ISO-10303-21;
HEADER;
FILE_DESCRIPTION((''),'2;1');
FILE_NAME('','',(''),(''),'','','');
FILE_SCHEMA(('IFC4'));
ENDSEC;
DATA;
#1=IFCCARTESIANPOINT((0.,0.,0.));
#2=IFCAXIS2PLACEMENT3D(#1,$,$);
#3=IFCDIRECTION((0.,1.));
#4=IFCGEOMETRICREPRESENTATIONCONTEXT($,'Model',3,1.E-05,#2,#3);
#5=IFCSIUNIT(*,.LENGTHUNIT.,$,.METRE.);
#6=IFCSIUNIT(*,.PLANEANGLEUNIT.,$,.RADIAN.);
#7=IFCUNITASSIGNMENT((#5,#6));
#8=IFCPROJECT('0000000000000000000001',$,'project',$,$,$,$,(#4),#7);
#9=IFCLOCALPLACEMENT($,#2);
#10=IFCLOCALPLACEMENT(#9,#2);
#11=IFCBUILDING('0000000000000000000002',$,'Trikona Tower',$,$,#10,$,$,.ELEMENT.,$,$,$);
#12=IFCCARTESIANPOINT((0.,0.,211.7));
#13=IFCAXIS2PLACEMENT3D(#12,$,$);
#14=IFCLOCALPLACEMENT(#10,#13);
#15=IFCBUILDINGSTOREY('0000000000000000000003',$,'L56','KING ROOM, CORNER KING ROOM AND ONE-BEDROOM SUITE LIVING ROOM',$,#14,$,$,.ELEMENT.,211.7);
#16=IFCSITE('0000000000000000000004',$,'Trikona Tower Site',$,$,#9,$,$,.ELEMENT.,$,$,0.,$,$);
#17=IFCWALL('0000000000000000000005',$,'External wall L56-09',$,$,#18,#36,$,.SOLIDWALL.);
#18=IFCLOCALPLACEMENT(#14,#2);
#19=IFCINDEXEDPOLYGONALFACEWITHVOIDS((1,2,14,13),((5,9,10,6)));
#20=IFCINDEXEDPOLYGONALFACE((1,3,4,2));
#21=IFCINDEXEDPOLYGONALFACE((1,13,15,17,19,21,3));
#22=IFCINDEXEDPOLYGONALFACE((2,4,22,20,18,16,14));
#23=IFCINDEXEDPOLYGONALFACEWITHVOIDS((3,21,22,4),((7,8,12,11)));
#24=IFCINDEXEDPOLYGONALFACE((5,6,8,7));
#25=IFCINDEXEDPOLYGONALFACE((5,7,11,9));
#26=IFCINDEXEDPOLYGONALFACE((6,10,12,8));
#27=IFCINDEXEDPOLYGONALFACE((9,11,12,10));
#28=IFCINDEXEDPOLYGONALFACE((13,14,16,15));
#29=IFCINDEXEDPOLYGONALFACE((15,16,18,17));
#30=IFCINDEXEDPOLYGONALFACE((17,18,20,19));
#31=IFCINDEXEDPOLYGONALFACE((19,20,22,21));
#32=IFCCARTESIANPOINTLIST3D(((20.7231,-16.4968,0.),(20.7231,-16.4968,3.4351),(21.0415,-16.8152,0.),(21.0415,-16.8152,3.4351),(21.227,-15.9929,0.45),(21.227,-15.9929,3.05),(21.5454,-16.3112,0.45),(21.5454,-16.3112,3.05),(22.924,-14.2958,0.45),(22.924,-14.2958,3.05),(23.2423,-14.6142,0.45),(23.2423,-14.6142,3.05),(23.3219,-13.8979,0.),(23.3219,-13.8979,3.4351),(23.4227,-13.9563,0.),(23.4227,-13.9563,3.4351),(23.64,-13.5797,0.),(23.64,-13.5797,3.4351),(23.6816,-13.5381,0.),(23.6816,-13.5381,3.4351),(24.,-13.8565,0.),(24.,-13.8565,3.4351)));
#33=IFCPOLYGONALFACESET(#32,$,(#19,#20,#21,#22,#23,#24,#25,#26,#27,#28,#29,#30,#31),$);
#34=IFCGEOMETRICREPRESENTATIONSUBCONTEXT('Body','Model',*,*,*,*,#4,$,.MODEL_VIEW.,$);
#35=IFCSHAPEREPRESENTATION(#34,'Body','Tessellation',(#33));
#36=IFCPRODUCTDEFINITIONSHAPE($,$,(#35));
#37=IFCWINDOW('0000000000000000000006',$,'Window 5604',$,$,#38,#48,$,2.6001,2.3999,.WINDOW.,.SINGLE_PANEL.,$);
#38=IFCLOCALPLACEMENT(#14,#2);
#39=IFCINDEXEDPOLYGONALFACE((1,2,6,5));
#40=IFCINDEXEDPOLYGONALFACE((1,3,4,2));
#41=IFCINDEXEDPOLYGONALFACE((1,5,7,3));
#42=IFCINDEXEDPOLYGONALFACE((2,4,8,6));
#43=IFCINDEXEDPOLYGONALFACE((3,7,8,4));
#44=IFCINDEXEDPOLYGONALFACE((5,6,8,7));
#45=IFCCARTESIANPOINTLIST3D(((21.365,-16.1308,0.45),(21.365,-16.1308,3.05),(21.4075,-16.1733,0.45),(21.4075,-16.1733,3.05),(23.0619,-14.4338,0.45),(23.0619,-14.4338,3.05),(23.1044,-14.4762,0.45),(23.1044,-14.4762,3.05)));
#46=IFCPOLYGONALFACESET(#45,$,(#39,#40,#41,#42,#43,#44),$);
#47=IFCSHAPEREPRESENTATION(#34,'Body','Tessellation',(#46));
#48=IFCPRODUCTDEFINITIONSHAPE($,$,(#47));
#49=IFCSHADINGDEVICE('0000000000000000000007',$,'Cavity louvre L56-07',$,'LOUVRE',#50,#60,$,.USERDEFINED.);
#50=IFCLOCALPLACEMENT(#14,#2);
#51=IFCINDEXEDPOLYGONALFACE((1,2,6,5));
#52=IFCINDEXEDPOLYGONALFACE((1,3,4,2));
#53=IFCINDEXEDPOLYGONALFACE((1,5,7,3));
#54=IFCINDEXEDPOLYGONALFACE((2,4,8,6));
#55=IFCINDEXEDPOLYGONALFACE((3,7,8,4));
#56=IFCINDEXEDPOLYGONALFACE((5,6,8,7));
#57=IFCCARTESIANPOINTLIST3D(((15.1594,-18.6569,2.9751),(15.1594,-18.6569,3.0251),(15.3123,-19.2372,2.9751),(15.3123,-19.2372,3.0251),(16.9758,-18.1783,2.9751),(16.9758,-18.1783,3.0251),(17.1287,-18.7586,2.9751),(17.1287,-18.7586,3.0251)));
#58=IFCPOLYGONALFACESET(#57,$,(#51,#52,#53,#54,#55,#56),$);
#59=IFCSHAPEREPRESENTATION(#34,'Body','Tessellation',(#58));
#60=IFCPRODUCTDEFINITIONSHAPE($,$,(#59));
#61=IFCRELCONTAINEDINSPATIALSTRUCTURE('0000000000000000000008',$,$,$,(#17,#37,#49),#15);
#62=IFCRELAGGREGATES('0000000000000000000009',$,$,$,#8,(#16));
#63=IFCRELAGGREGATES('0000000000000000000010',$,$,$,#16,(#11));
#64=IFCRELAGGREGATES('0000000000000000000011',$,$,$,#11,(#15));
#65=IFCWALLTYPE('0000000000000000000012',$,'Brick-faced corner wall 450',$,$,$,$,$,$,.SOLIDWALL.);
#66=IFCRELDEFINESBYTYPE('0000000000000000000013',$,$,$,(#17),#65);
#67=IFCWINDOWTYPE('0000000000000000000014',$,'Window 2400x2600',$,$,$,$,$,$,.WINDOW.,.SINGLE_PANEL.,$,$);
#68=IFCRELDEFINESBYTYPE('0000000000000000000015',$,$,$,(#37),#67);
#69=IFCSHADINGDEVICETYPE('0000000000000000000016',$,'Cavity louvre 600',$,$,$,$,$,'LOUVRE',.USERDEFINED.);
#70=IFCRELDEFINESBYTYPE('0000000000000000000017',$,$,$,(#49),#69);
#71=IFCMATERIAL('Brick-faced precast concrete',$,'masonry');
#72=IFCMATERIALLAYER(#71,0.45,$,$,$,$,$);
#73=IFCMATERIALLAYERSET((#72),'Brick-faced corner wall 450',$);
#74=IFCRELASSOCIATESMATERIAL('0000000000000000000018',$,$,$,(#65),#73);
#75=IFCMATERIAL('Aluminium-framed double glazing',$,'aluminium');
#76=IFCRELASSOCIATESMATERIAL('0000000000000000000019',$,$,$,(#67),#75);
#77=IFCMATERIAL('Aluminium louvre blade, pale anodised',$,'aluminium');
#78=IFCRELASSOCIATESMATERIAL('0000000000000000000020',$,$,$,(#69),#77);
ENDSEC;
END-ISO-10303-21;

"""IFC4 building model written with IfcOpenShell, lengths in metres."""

from ifc_helpers import new_model, si_unit, direction, frame, frame_2d, origin, origin_2d, place, context, subcontext, project, spatial, polyline, rectangle, outline, extrude, material, layer, layer_set, type_object, element, fill, save


model = new_model("IFC4")

# Units and contexts
model_context = context("Model", 3, precision=1e-05, world=origin(), true_north=direction((0.0, 1.0)))
body_context = subcontext(model_context, "Body", "Model", "MODEL_VIEW")
ifc_project = project(units=[si_unit("LENGTHUNIT", "METRE"), si_unit("PLANEANGLEUNIT", "RADIAN")], contexts=[model_context])

# Site, building, storey
site_placement = place(None, origin())
site = spatial("IfcSite", under=ifc_project, at=site_placement, Name="Trikona Tower Site", CompositionType="ELEMENT", RefElevation=0.0)
building_placement = place(site_placement, origin())
building = spatial("IfcBuilding", under=site, at=building_placement, Name="Trikona Tower", CompositionType="ELEMENT")
storey_placement = place(building_placement, frame((0.0, 0.0, 211.7)))
storey = spatial("IfcBuildingStorey", under=building, at=storey_placement, Name="L56", Description="KING ROOM, CORNER KING ROOM AND ONE-BEDROOM SUITE LIVING ROOM", CompositionType="ELEMENT", Elevation=211.7)

# Wall, opening, window
ifc_material_1 = material(Name="Brick-faced precast concrete", Category="masonry")
ifc_layer_1 = layer(ifc_material_1, 0.45)
ifc_layer_set_1 = layer_set([ifc_layer_1], Name="Brick-faced corner wall 450")
wall_type = type_object("IfcWallType", Name="Brick-faced corner wall 450", PredefinedType="SOLIDWALL", material=ifc_layer_set_1)
wall_1_placement = place(storey_placement, frame((20.8823, -16.656, 0.0), z_axis=(0.0, 0.0, 1.0), x_axis=(0.707078, 0.707136, 0.0)))
wall_1 = element("IfcWall", 1, at=wall_1_placement, inside=storey, type_object=wall_type, Name="External wall L56-09", PredefinedType="SOLIDWALL", context=body_context, shape_type="SweptSolid", body=[
    extrude(outline(polyline([(4.1841, 0.2251), (4.1252, 0.2251), (3.7053, 0.1125), (3.6753, 0.2251), (0.0, 0.2251), (0.0, -0.2251), (4.1841, -0.2251), (4.1841, 0.2251)])), origin(), (0.0, 0.0, 1.0), 3.4351),
])
opening_1_placement = place(wall_1_placement, frame((0.7126, 0.0, 0.45)))
opening_1 = element("IfcOpeningElement", 2, at=opening_1_placement, cuts=wall_1, PredefinedType="OPENING", context=body_context, shape_type="SweptSolid", body=[
    extrude(rectangle(XDim=2.3999, YDim=2.6001, at=frame_2d((1.2, 1.3))), frame((0.0, 0.2349, 0.0), z_axis=(0.0, -1.0, 0.0), x_axis=(1.0, 0.0, 0.0)), (0.0, 0.0, 1.0), 0.47),
])
ifc_material_2 = material(Name="Aluminium-framed double glazing", Category="aluminium")
window_type_1 = type_object("IfcWindowType", Name="Window 2400x2600", PartitioningType="SINGLE_PANEL", PredefinedType="WINDOW", material=ifc_material_2)
window_1_placement = place(opening_1_placement, origin())
window_1 = element("IfcWindow", 3, at=window_1_placement, inside=storey, type_object=window_type_1, Name="Window 5604", OverallHeight=2.6001, OverallWidth=2.3999, PartitioningType="SINGLE_PANEL", PredefinedType="WINDOW", context=body_context, shape_type="SweptSolid", body=[
    extrude(rectangle(XDim=2.3999, YDim=2.6001, at=frame_2d((1.2, 1.3))), frame((0.0, 0.03, 0.0), z_axis=(0.0, -1.0, 0.0), x_axis=(1.0, 0.0, 0.0)), (0.0, 0.0, 1.0), 0.0601),
])
fill(opening_1, window_1)

# Shading device
ifc_material_3 = material(Name="Aluminium louvre blade, pale anodised", Category="aluminium")
shading_device_type = type_object("IfcShadingDeviceType", Name="Cavity louvre 600", ElementType="LOUVRE", PredefinedType="USERDEFINED", material=ifc_material_3)
shading_device_placement = place(storey_placement, frame((16.144, -18.7078, 2.9751), z_axis=(0.0, 0.0, 1.0), x_axis=(0.966993, 0.254803, 0.0)))
element("IfcShadingDevice", 4, at=shading_device_placement, inside=storey, type_object=shading_device_type, Name="Cavity louvre L56-07", ObjectType="LOUVRE", PredefinedType="USERDEFINED", context=body_context, shape_type="SweptSolid", body=[
    extrude(rectangle(XDim=1.8784, YDim=0.6001, at=origin_2d()), origin(), (0.0, 0.0, 1.0), 0.05),
])

save(model, "model.ifc")
